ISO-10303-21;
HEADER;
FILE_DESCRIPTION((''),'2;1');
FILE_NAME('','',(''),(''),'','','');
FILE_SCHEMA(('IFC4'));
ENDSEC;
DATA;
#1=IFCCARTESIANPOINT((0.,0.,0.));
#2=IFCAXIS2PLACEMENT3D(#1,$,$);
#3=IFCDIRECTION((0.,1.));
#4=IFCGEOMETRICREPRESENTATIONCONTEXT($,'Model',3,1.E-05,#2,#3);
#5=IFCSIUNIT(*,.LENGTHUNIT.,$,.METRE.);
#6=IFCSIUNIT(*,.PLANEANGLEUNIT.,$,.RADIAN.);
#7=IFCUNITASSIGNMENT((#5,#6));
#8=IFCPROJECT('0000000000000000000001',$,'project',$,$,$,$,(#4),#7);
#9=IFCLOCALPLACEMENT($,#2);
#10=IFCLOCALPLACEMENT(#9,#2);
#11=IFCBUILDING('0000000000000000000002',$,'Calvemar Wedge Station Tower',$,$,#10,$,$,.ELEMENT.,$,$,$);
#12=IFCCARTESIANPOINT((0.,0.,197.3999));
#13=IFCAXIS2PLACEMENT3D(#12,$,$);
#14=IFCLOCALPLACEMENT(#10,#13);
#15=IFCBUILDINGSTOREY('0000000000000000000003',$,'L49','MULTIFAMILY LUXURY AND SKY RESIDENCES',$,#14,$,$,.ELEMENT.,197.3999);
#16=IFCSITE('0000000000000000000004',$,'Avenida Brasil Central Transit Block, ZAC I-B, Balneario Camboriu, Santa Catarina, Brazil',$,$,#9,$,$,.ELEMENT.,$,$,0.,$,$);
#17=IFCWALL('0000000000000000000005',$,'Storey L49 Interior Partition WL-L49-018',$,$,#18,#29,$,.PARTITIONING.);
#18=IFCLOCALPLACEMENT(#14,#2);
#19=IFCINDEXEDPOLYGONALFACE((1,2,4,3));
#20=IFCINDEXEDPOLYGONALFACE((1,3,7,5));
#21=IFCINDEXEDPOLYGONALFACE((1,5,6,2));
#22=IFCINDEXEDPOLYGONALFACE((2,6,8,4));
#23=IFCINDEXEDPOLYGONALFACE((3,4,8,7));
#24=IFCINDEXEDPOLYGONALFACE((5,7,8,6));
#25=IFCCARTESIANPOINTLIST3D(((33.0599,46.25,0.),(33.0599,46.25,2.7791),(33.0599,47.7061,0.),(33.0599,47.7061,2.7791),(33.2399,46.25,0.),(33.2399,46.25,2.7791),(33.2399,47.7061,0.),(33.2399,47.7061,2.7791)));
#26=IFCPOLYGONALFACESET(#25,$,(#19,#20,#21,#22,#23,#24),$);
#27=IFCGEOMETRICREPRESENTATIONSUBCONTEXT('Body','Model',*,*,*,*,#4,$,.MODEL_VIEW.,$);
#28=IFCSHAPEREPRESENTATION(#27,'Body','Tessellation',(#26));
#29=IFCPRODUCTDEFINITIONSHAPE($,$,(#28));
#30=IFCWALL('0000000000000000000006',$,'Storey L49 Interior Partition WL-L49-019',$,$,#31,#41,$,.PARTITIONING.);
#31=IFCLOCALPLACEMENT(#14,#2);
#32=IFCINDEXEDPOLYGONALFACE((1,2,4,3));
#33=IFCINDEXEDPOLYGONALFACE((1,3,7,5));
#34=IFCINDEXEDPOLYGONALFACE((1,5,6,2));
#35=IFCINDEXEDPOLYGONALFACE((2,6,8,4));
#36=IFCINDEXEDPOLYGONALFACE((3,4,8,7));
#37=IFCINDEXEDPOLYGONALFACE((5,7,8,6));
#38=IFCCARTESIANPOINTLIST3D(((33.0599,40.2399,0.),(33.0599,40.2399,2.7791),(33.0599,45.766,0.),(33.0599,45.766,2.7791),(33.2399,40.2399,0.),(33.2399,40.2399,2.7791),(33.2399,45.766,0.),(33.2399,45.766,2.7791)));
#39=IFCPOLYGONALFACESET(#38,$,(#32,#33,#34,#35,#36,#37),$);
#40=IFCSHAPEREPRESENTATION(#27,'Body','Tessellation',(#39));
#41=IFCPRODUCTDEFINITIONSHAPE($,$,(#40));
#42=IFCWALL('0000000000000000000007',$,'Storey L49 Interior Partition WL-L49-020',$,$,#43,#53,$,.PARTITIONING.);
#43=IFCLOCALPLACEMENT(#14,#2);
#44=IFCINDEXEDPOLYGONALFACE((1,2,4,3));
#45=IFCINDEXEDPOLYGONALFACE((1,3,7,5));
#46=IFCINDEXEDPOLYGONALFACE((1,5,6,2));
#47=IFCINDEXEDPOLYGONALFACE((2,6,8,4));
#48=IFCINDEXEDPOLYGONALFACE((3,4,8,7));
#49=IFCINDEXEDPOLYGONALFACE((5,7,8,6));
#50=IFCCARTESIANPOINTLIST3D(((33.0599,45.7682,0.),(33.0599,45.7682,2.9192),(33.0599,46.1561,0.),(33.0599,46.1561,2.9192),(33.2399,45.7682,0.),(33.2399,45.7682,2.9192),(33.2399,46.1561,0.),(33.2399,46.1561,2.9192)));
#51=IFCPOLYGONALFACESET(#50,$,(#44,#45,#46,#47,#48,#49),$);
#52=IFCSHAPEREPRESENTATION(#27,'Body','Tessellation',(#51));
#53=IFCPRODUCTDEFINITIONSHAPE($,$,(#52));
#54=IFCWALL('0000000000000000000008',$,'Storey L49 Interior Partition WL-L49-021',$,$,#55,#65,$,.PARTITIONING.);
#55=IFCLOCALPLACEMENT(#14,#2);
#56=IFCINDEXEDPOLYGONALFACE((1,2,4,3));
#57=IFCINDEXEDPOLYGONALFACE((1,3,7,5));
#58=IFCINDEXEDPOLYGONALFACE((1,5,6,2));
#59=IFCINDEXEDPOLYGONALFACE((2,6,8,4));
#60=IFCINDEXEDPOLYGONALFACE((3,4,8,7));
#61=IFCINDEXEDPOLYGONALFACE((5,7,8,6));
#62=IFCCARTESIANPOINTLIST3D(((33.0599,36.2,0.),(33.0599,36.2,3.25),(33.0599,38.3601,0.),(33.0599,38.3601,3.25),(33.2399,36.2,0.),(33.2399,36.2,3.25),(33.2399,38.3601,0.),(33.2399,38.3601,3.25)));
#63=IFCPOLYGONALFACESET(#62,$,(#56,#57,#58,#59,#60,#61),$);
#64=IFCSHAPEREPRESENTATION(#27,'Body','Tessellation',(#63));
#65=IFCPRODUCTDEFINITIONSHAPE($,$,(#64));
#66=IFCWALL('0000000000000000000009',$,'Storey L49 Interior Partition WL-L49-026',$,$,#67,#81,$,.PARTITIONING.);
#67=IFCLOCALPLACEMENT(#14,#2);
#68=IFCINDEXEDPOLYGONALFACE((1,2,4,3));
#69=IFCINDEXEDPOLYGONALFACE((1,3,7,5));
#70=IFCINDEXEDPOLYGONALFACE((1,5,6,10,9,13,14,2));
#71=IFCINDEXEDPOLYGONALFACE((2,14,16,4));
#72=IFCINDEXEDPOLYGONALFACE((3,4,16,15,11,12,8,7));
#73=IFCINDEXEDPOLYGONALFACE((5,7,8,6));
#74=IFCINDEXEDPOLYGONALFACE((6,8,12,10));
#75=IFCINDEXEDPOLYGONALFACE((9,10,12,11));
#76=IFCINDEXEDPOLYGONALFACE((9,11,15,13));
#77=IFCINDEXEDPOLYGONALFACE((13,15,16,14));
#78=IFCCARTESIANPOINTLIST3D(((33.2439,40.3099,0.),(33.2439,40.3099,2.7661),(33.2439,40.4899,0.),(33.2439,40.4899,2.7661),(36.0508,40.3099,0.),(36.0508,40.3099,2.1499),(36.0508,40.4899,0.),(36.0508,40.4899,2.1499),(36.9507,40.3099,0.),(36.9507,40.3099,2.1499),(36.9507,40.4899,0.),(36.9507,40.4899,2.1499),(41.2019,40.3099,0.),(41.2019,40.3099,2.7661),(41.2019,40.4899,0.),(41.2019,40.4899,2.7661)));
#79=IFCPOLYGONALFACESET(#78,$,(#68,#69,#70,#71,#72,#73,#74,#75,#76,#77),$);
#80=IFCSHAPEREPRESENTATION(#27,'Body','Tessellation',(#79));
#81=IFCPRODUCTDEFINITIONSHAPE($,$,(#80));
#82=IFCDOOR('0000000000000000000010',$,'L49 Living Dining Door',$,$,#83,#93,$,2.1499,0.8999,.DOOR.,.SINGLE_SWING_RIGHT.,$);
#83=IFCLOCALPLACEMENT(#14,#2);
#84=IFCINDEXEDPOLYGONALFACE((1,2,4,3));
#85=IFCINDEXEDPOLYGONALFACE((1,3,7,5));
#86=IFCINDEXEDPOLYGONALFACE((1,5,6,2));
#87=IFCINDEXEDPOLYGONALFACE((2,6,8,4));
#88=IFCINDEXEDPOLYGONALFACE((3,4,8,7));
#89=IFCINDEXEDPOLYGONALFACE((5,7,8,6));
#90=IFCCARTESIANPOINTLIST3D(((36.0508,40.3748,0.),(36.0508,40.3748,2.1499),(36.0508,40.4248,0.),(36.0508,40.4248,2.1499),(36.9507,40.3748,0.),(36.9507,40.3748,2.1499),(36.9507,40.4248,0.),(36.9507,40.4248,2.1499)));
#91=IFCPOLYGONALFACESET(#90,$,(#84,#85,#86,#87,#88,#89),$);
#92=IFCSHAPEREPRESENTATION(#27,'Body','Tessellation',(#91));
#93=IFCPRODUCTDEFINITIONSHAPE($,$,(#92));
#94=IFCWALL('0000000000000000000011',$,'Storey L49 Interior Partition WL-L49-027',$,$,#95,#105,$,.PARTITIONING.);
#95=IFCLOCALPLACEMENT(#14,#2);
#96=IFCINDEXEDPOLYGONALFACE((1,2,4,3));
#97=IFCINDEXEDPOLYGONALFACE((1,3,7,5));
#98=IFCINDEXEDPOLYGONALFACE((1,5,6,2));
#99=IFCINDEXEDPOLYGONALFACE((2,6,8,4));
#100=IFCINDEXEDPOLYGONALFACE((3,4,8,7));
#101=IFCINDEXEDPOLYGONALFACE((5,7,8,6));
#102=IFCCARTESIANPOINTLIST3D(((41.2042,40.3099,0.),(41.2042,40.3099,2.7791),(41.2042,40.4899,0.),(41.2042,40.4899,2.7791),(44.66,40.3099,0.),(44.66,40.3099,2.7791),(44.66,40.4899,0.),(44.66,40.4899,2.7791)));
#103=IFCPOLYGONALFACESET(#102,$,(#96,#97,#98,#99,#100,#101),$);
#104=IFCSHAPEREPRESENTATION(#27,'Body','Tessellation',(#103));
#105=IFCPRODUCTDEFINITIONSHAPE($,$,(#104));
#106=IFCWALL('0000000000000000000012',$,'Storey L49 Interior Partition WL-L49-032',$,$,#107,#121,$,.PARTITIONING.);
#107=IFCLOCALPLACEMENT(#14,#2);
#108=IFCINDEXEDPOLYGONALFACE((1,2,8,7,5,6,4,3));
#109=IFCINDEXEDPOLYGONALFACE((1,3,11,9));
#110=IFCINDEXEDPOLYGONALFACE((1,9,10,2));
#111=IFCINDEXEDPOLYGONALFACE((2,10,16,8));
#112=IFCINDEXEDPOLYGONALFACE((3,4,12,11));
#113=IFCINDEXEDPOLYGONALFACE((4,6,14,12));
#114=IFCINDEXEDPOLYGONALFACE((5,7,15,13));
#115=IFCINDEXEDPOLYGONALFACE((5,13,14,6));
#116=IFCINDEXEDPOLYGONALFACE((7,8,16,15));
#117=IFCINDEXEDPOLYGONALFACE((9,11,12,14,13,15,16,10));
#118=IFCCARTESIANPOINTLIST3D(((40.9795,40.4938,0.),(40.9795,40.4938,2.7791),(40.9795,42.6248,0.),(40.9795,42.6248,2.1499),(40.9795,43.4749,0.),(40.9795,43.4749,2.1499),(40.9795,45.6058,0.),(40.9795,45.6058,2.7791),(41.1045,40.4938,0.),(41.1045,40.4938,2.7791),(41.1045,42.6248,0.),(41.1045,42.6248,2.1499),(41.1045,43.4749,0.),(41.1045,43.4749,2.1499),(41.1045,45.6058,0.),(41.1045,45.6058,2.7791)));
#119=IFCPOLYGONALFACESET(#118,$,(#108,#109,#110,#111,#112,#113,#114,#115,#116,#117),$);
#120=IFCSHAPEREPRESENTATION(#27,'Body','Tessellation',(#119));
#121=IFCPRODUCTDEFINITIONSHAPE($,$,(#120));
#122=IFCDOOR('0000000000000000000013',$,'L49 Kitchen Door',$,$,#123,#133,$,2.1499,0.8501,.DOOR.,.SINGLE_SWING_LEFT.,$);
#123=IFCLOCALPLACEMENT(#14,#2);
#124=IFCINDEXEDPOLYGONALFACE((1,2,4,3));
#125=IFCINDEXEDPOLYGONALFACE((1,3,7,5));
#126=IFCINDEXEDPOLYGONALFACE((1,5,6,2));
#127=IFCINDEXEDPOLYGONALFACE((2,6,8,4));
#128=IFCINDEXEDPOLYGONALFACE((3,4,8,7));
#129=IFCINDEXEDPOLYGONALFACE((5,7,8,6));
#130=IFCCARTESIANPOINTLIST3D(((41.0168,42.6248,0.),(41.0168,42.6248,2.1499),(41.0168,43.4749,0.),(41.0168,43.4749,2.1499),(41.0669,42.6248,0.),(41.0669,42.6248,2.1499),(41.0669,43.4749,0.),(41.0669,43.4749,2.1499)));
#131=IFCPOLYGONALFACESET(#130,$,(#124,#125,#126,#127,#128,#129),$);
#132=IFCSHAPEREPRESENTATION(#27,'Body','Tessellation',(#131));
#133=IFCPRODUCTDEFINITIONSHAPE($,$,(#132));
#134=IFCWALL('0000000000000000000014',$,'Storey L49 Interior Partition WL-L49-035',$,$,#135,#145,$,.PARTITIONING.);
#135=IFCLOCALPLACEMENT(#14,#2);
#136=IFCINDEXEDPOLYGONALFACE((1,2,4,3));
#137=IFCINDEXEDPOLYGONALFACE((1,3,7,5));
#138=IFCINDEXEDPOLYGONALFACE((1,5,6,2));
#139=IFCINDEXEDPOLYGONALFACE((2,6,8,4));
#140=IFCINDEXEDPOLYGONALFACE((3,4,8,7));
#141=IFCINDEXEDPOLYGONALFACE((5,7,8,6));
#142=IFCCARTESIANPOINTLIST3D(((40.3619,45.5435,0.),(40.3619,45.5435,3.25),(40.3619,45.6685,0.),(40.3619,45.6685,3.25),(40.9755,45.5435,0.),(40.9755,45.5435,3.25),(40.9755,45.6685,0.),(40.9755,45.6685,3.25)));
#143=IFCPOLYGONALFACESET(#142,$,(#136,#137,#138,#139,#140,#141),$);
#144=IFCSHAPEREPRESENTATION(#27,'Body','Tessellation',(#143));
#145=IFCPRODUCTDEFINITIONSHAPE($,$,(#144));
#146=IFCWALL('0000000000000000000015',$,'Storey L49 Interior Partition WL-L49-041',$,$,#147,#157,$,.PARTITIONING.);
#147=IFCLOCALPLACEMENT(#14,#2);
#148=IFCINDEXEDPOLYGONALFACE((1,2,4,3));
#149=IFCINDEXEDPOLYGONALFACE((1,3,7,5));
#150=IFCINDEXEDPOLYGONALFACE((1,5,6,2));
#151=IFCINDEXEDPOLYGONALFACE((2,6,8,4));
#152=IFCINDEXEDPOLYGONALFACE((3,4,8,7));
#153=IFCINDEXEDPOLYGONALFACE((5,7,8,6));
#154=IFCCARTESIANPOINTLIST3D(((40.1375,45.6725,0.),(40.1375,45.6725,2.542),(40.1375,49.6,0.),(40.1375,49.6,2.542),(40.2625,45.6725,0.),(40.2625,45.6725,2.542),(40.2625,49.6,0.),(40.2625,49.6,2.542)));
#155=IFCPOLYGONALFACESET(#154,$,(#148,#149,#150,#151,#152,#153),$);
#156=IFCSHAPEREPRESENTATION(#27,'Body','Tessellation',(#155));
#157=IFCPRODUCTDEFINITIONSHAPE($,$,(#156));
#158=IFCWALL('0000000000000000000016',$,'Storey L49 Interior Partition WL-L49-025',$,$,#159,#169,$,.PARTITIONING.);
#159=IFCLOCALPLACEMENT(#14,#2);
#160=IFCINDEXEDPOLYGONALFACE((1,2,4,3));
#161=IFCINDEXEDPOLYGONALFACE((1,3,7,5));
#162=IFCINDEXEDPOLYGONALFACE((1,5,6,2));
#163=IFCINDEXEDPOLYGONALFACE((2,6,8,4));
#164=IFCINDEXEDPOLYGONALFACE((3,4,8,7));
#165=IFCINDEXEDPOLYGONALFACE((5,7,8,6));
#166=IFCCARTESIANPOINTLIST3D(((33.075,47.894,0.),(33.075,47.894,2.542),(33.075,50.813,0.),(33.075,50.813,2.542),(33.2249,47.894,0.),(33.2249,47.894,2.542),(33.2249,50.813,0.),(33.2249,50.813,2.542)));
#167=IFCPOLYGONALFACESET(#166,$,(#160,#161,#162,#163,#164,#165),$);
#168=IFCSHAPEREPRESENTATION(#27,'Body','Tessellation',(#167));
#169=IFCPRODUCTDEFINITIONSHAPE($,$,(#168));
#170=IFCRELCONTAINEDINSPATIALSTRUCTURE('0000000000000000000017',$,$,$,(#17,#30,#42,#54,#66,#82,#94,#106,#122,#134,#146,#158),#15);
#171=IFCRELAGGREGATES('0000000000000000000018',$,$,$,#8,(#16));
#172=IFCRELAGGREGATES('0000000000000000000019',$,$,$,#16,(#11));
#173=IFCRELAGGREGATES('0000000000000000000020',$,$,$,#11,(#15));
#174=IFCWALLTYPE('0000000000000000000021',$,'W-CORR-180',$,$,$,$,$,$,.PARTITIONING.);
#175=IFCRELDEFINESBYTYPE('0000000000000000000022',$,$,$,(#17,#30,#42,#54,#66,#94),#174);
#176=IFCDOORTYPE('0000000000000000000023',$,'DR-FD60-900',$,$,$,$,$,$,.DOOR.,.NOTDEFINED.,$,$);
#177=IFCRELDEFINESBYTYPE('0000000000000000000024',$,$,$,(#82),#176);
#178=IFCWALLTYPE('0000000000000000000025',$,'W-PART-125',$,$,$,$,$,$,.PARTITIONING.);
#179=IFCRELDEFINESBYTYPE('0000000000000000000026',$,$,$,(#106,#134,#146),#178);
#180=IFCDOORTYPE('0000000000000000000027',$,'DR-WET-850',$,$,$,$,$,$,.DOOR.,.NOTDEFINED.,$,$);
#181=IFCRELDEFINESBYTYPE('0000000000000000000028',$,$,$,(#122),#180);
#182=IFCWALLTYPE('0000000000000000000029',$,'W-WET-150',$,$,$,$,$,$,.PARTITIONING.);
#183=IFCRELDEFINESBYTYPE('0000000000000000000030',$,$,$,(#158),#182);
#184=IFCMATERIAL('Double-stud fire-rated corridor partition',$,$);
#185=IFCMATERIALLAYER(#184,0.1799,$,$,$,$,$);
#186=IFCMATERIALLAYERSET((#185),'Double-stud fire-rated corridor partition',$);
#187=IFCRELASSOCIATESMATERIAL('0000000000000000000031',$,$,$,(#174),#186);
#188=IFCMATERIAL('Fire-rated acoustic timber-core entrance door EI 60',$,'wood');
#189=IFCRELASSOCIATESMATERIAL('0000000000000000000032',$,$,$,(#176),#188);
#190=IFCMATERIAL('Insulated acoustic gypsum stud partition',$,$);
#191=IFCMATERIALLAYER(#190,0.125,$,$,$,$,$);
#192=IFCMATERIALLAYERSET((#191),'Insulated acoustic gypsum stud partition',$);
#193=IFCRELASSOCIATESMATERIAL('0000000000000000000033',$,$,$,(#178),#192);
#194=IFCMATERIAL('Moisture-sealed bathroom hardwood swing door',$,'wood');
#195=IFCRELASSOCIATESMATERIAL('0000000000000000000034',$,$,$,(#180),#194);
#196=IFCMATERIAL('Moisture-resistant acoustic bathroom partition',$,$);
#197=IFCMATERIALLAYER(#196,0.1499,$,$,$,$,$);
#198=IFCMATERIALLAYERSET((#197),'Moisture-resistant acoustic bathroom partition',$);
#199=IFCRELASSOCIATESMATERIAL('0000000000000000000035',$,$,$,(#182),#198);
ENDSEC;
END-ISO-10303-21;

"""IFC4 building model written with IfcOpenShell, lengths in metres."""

from ifc_helpers import new_model, si_unit, direction, frame, frame_2d, origin, place, context, subcontext, project, spatial, rectangle, extrude, source, transform, mapped, material, layer, layer_set, type_object, element, fill, save


model = new_model("IFC4")

# Units and contexts
model_context = context("Model", 3, precision=1e-05, world=origin(), true_north=direction((0.0, 1.0)))
body_context = subcontext(model_context, "Body", "Model", "MODEL_VIEW")
ifc_project = project(units=[si_unit("LENGTHUNIT", "METRE"), si_unit("PLANEANGLEUNIT", "RADIAN")], contexts=[model_context])

# Site, building, storey
site_placement = place(None, origin())
site = spatial("IfcSite", under=ifc_project, at=site_placement, Name="Avenida Brasil Central Transit Block, ZAC I-B, Balneario Camboriu, Santa Catarina, Brazil", CompositionType="ELEMENT", RefElevation=0.0)
building_placement = place(site_placement, origin())
building = spatial("IfcBuilding", under=site, at=building_placement, Name="Calvemar Wedge Station Tower", CompositionType="ELEMENT")
storey_placement = place(building_placement, frame((0.0, 0.0, 197.3999)))
storey = spatial("IfcBuildingStorey", under=building, at=storey_placement, Name="L49", Description="MULTIFAMILY LUXURY AND SKY RESIDENCES", CompositionType="ELEMENT", Elevation=197.3999)

# Walls
ifc_material_1 = material(Name="Double-stud fire-rated corridor partition")
ifc_layer_1 = layer(ifc_material_1, 0.1799)
ifc_layer_set_1 = layer_set([ifc_layer_1], Name="Double-stud fire-rated corridor partition")
wall_type_1 = type_object("IfcWallType", Name="W-CORR-180", PredefinedType="PARTITIONING", material=ifc_layer_set_1)
wall_1_placement = place(storey_placement, frame((33.1499, 47.7061, 0.0), z_axis=(0.0, 0.0, 1.0), x_axis=(0.0, -1.0, 0.0)))
element("IfcWall", 1, at=wall_1_placement, inside=storey, type_object=wall_type_1, Name="Storey L49 Interior Partition WL-L49-018", PredefinedType="PARTITIONING", context=body_context, shape_type="SweptSolid", body=[
    extrude(rectangle(XDim=1.4561, YDim=0.1799, at=frame_2d((0.728, 0.0))), origin(), (0.0, 0.0, 1.0), 2.7791),
])
wall_2_placement = place(storey_placement, frame((33.1499, 45.7661, 0.0), z_axis=(0.0, 0.0, 1.0), x_axis=(0.0, -1.0, 0.0)))
element("IfcWall", 2, at=wall_2_placement, inside=storey, type_object=wall_type_1, Name="Storey L49 Interior Partition WL-L49-019", PredefinedType="PARTITIONING", context=body_context, shape_type="SweptSolid", body=[
    extrude(rectangle(XDim=5.5261, YDim=0.1799, at=frame_2d((2.7632, 0.0))), origin(), (0.0, 0.0, 1.0), 2.7791),
])
wall_3_placement = place(storey_placement, frame((33.1499, 46.156, 0.0), z_axis=(0.0, 0.0, 1.0), x_axis=(0.0, -1.0, 0.0)))
element("IfcWall", 3, at=wall_3_placement, inside=storey, type_object=wall_type_1, Name="Storey L49 Interior Partition WL-L49-020", PredefinedType="PARTITIONING", context=body_context, shape_type="SweptSolid", body=[
    extrude(rectangle(XDim=0.3879, YDim=0.1799, at=frame_2d((0.1938, 0.0))), origin(), (0.0, 0.0, 1.0), 2.9192),
])
wall_4_placement = place(storey_placement, frame((33.1499, 38.3601, 0.0), z_axis=(0.0, 0.0, 1.0), x_axis=(0.0, -1.0, 0.0)))
element("IfcWall", 4, at=wall_4_placement, inside=storey, type_object=wall_type_1, Name="Storey L49 Interior Partition WL-L49-021", PredefinedType="PARTITIONING", context=body_context, shape_type="SweptSolid", body=[
    extrude(rectangle(XDim=2.1602, YDim=0.1799, at=frame_2d((1.0801, 0.0))), origin(), (0.0, 0.0, 1.0), 3.25),
])

# Wall, opening, door
wall_5_placement = place(storey_placement, frame((33.2439, 40.3999, 0.0), z_axis=(0.0, 0.0, 1.0), x_axis=(1.0, 0.0, 0.0)))
wall_5 = element("IfcWall", 5, at=wall_5_placement, inside=storey, type_object=wall_type_1, Name="Storey L49 Interior Partition WL-L49-026", PredefinedType="PARTITIONING", context=body_context, shape_type="SweptSolid", body=[
    extrude(rectangle(XDim=7.958, YDim=0.1799, at=frame_2d((3.979, 0.0))), origin(), (0.0, 0.0, 1.0), 2.7661),
])
shared_shape_1 = source(origin(), body_context, "Body", "SweptSolid", [
    extrude(rectangle(XDim=0.8999, YDim=2.1499, at=frame_2d((0.45, 1.075))), frame((0.0, 0.1001, 0.0), z_axis=(0.0, -1.0, 0.0), x_axis=(1.0, 0.0, 0.0)), (0.0, 0.0, 1.0), 0.2),
])
opening_1_placement = place(wall_5_placement, frame((2.8069, 0.0, 0.0)))
opening_1 = element("IfcOpeningElement", 6, at=opening_1_placement, cuts=wall_5, PredefinedType="OPENING", context=body_context, shape_type="MappedRepresentation", body=[
    mapped(shared_shape_1, transform((0.0, 0.0, 0.0), scale=1.0)),
])
ifc_material_2 = material(Name="Fire-rated acoustic timber-core entrance door EI 60", Category="wood")
door_type_1 = type_object("IfcDoorType", Name="DR-FD60-900", OperationType="NOTDEFINED", PredefinedType="DOOR", material=ifc_material_2)
shared_shape_2 = source(origin(), body_context, "Body", "SweptSolid", [
    extrude(rectangle(XDim=0.8999, YDim=2.1499, at=frame_2d((0.45, 1.075))), frame((0.0, 0.0249, 0.0), z_axis=(0.0, -1.0, 0.0), x_axis=(1.0, 0.0, 0.0)), (0.0, 0.0, 1.0), 0.05),
])
door_1_placement = place(opening_1_placement, origin())
door_1 = element("IfcDoor", 7, at=door_1_placement, inside=storey, type_object=door_type_1, Name="L49 Living Dining Door", OperationType="SINGLE_SWING_RIGHT", OverallHeight=2.1499, OverallWidth=0.8999, PredefinedType="DOOR", context=body_context, shape_type="MappedRepresentation", body=[
    mapped(shared_shape_2, transform((0.0, 0.0, 0.0), scale=1.0)),
])
fill(opening_1, door_1)

# Wall
wall_6_placement = place(storey_placement, frame((41.2041, 40.3999, 0.0), z_axis=(0.0, 0.0, 1.0), x_axis=(1.0, 0.0, 0.0)))
element("IfcWall", 8, at=wall_6_placement, inside=storey, type_object=wall_type_1, Name="Storey L49 Interior Partition WL-L49-027", PredefinedType="PARTITIONING", context=body_context, shape_type="SweptSolid", body=[
    extrude(rectangle(XDim=3.4558, YDim=0.1799, at=frame_2d((1.728, 0.0))), origin(), (0.0, 0.0, 1.0), 2.7791),
])

# Wall, opening, door
ifc_material_3 = material(Name="Insulated acoustic gypsum stud partition")
ifc_layer_2 = layer(ifc_material_3, 0.125)
ifc_layer_set_2 = layer_set([ifc_layer_2], Name="Insulated acoustic gypsum stud partition")
wall_type_2 = type_object("IfcWallType", Name="W-PART-125", PredefinedType="PARTITIONING", material=ifc_layer_set_2)
wall_7_placement = place(storey_placement, frame((41.042, 45.606, 0.0), z_axis=(0.0, 0.0, 1.0), x_axis=(0.0, -1.0, 0.0)))
wall_7 = element("IfcWall", 9, at=wall_7_placement, inside=storey, type_object=wall_type_2, Name="Storey L49 Interior Partition WL-L49-032", PredefinedType="PARTITIONING", context=body_context, shape_type="SweptSolid", body=[
    extrude(rectangle(XDim=5.1121, YDim=0.125, at=frame_2d((2.5562, 0.0))), origin(), (0.0, 0.0, 1.0), 2.7791),
])
shared_shape_3 = source(origin(), body_context, "Body", "SweptSolid", [
    extrude(rectangle(XDim=0.8501, YDim=2.1499, at=frame_2d((0.425, 1.075))), frame((0.0, 0.0725, 0.0), z_axis=(0.0, -1.0, 0.0), x_axis=(1.0, 0.0, 0.0)), (0.0, 0.0, 1.0), 0.145),
])
opening_2_placement = place(wall_7_placement, frame((2.1311, 0.0, 0.0)))
opening_2 = element("IfcOpeningElement", 10, at=opening_2_placement, cuts=wall_7, PredefinedType="OPENING", context=body_context, shape_type="MappedRepresentation", body=[
    mapped(shared_shape_3, transform((0.0, 0.0, 0.0), scale=1.0)),
])
ifc_material_4 = material(Name="Moisture-sealed bathroom hardwood swing door", Category="wood")
door_type_2 = type_object("IfcDoorType", Name="DR-WET-850", OperationType="NOTDEFINED", PredefinedType="DOOR", material=ifc_material_4)
shared_shape_4 = source(origin(), body_context, "Body", "SweptSolid", [
    extrude(rectangle(XDim=0.8501, YDim=2.1499, at=frame_2d((0.425, 1.075))), frame((0.0, 0.0249, 0.0), z_axis=(0.0, -1.0, 0.0), x_axis=(1.0, 0.0, 0.0)), (0.0, 0.0, 1.0), 0.05),
])
door_2_placement = place(opening_2_placement, origin())
door_2 = element("IfcDoor", 11, at=door_2_placement, inside=storey, type_object=door_type_2, Name="L49 Kitchen Door", OperationType="SINGLE_SWING_LEFT", OverallHeight=2.1499, OverallWidth=0.8501, PredefinedType="DOOR", context=body_context, shape_type="MappedRepresentation", body=[
    mapped(shared_shape_4, transform((0.0, 0.0, 0.0), scale=1.0)),
])
fill(opening_2, door_2)

# Wall
wall_8_placement = place(storey_placement, frame((40.3621, 45.606, 0.0), z_axis=(0.0, 0.0, 1.0), x_axis=(1.0, 0.0, 0.0)))
element("IfcWall", 12, at=wall_8_placement, inside=storey, type_object=wall_type_2, Name="Storey L49 Interior Partition WL-L49-035", PredefinedType="PARTITIONING", context=body_context, shape_type="SweptSolid", body=[
    extrude(rectangle(XDim=0.6135, YDim=0.125, at=frame_2d((0.3066, 0.0))), origin(), (0.0, 0.0, 1.0), 3.25),
])

# Walls
wall_9_placement = place(storey_placement, frame((40.2, 49.6001, 0.0), z_axis=(0.0, 0.0, 1.0), x_axis=(0.0, -1.0, 0.0)))
element("IfcWall", 13, at=wall_9_placement, inside=storey, type_object=wall_type_2, Name="Storey L49 Interior Partition WL-L49-041", PredefinedType="PARTITIONING", context=body_context, shape_type="SweptSolid", body=[
    extrude(rectangle(XDim=3.9275, YDim=0.125, at=frame_2d((1.9639, 0.0))), origin(), (0.0, 0.0, 1.0), 2.542),
])
ifc_material_5 = material(Name="Moisture-resistant acoustic bathroom partition")
ifc_layer_3 = layer(ifc_material_5, 0.1499)
ifc_layer_set_3 = layer_set([ifc_layer_3], Name="Moisture-resistant acoustic bathroom partition")
wall_type_3 = type_object("IfcWallType", Name="W-WET-150", PredefinedType="PARTITIONING", material=ifc_layer_set_3)
wall_10_placement = place(storey_placement, frame((33.1499, 50.813, 0.0), z_axis=(0.0, 0.0, 1.0), x_axis=(0.0, -1.0, 0.0)))
element("IfcWall", 14, at=wall_10_placement, inside=storey, type_object=wall_type_3, Name="Storey L49 Interior Partition WL-L49-025", PredefinedType="PARTITIONING", context=body_context, shape_type="SweptSolid", body=[
    extrude(rectangle(XDim=2.9189, YDim=0.1499, at=frame_2d((1.4595, 0.0))), origin(), (0.0, 0.0, 1.0), 2.542),
])

save(model, "model.ifc")
